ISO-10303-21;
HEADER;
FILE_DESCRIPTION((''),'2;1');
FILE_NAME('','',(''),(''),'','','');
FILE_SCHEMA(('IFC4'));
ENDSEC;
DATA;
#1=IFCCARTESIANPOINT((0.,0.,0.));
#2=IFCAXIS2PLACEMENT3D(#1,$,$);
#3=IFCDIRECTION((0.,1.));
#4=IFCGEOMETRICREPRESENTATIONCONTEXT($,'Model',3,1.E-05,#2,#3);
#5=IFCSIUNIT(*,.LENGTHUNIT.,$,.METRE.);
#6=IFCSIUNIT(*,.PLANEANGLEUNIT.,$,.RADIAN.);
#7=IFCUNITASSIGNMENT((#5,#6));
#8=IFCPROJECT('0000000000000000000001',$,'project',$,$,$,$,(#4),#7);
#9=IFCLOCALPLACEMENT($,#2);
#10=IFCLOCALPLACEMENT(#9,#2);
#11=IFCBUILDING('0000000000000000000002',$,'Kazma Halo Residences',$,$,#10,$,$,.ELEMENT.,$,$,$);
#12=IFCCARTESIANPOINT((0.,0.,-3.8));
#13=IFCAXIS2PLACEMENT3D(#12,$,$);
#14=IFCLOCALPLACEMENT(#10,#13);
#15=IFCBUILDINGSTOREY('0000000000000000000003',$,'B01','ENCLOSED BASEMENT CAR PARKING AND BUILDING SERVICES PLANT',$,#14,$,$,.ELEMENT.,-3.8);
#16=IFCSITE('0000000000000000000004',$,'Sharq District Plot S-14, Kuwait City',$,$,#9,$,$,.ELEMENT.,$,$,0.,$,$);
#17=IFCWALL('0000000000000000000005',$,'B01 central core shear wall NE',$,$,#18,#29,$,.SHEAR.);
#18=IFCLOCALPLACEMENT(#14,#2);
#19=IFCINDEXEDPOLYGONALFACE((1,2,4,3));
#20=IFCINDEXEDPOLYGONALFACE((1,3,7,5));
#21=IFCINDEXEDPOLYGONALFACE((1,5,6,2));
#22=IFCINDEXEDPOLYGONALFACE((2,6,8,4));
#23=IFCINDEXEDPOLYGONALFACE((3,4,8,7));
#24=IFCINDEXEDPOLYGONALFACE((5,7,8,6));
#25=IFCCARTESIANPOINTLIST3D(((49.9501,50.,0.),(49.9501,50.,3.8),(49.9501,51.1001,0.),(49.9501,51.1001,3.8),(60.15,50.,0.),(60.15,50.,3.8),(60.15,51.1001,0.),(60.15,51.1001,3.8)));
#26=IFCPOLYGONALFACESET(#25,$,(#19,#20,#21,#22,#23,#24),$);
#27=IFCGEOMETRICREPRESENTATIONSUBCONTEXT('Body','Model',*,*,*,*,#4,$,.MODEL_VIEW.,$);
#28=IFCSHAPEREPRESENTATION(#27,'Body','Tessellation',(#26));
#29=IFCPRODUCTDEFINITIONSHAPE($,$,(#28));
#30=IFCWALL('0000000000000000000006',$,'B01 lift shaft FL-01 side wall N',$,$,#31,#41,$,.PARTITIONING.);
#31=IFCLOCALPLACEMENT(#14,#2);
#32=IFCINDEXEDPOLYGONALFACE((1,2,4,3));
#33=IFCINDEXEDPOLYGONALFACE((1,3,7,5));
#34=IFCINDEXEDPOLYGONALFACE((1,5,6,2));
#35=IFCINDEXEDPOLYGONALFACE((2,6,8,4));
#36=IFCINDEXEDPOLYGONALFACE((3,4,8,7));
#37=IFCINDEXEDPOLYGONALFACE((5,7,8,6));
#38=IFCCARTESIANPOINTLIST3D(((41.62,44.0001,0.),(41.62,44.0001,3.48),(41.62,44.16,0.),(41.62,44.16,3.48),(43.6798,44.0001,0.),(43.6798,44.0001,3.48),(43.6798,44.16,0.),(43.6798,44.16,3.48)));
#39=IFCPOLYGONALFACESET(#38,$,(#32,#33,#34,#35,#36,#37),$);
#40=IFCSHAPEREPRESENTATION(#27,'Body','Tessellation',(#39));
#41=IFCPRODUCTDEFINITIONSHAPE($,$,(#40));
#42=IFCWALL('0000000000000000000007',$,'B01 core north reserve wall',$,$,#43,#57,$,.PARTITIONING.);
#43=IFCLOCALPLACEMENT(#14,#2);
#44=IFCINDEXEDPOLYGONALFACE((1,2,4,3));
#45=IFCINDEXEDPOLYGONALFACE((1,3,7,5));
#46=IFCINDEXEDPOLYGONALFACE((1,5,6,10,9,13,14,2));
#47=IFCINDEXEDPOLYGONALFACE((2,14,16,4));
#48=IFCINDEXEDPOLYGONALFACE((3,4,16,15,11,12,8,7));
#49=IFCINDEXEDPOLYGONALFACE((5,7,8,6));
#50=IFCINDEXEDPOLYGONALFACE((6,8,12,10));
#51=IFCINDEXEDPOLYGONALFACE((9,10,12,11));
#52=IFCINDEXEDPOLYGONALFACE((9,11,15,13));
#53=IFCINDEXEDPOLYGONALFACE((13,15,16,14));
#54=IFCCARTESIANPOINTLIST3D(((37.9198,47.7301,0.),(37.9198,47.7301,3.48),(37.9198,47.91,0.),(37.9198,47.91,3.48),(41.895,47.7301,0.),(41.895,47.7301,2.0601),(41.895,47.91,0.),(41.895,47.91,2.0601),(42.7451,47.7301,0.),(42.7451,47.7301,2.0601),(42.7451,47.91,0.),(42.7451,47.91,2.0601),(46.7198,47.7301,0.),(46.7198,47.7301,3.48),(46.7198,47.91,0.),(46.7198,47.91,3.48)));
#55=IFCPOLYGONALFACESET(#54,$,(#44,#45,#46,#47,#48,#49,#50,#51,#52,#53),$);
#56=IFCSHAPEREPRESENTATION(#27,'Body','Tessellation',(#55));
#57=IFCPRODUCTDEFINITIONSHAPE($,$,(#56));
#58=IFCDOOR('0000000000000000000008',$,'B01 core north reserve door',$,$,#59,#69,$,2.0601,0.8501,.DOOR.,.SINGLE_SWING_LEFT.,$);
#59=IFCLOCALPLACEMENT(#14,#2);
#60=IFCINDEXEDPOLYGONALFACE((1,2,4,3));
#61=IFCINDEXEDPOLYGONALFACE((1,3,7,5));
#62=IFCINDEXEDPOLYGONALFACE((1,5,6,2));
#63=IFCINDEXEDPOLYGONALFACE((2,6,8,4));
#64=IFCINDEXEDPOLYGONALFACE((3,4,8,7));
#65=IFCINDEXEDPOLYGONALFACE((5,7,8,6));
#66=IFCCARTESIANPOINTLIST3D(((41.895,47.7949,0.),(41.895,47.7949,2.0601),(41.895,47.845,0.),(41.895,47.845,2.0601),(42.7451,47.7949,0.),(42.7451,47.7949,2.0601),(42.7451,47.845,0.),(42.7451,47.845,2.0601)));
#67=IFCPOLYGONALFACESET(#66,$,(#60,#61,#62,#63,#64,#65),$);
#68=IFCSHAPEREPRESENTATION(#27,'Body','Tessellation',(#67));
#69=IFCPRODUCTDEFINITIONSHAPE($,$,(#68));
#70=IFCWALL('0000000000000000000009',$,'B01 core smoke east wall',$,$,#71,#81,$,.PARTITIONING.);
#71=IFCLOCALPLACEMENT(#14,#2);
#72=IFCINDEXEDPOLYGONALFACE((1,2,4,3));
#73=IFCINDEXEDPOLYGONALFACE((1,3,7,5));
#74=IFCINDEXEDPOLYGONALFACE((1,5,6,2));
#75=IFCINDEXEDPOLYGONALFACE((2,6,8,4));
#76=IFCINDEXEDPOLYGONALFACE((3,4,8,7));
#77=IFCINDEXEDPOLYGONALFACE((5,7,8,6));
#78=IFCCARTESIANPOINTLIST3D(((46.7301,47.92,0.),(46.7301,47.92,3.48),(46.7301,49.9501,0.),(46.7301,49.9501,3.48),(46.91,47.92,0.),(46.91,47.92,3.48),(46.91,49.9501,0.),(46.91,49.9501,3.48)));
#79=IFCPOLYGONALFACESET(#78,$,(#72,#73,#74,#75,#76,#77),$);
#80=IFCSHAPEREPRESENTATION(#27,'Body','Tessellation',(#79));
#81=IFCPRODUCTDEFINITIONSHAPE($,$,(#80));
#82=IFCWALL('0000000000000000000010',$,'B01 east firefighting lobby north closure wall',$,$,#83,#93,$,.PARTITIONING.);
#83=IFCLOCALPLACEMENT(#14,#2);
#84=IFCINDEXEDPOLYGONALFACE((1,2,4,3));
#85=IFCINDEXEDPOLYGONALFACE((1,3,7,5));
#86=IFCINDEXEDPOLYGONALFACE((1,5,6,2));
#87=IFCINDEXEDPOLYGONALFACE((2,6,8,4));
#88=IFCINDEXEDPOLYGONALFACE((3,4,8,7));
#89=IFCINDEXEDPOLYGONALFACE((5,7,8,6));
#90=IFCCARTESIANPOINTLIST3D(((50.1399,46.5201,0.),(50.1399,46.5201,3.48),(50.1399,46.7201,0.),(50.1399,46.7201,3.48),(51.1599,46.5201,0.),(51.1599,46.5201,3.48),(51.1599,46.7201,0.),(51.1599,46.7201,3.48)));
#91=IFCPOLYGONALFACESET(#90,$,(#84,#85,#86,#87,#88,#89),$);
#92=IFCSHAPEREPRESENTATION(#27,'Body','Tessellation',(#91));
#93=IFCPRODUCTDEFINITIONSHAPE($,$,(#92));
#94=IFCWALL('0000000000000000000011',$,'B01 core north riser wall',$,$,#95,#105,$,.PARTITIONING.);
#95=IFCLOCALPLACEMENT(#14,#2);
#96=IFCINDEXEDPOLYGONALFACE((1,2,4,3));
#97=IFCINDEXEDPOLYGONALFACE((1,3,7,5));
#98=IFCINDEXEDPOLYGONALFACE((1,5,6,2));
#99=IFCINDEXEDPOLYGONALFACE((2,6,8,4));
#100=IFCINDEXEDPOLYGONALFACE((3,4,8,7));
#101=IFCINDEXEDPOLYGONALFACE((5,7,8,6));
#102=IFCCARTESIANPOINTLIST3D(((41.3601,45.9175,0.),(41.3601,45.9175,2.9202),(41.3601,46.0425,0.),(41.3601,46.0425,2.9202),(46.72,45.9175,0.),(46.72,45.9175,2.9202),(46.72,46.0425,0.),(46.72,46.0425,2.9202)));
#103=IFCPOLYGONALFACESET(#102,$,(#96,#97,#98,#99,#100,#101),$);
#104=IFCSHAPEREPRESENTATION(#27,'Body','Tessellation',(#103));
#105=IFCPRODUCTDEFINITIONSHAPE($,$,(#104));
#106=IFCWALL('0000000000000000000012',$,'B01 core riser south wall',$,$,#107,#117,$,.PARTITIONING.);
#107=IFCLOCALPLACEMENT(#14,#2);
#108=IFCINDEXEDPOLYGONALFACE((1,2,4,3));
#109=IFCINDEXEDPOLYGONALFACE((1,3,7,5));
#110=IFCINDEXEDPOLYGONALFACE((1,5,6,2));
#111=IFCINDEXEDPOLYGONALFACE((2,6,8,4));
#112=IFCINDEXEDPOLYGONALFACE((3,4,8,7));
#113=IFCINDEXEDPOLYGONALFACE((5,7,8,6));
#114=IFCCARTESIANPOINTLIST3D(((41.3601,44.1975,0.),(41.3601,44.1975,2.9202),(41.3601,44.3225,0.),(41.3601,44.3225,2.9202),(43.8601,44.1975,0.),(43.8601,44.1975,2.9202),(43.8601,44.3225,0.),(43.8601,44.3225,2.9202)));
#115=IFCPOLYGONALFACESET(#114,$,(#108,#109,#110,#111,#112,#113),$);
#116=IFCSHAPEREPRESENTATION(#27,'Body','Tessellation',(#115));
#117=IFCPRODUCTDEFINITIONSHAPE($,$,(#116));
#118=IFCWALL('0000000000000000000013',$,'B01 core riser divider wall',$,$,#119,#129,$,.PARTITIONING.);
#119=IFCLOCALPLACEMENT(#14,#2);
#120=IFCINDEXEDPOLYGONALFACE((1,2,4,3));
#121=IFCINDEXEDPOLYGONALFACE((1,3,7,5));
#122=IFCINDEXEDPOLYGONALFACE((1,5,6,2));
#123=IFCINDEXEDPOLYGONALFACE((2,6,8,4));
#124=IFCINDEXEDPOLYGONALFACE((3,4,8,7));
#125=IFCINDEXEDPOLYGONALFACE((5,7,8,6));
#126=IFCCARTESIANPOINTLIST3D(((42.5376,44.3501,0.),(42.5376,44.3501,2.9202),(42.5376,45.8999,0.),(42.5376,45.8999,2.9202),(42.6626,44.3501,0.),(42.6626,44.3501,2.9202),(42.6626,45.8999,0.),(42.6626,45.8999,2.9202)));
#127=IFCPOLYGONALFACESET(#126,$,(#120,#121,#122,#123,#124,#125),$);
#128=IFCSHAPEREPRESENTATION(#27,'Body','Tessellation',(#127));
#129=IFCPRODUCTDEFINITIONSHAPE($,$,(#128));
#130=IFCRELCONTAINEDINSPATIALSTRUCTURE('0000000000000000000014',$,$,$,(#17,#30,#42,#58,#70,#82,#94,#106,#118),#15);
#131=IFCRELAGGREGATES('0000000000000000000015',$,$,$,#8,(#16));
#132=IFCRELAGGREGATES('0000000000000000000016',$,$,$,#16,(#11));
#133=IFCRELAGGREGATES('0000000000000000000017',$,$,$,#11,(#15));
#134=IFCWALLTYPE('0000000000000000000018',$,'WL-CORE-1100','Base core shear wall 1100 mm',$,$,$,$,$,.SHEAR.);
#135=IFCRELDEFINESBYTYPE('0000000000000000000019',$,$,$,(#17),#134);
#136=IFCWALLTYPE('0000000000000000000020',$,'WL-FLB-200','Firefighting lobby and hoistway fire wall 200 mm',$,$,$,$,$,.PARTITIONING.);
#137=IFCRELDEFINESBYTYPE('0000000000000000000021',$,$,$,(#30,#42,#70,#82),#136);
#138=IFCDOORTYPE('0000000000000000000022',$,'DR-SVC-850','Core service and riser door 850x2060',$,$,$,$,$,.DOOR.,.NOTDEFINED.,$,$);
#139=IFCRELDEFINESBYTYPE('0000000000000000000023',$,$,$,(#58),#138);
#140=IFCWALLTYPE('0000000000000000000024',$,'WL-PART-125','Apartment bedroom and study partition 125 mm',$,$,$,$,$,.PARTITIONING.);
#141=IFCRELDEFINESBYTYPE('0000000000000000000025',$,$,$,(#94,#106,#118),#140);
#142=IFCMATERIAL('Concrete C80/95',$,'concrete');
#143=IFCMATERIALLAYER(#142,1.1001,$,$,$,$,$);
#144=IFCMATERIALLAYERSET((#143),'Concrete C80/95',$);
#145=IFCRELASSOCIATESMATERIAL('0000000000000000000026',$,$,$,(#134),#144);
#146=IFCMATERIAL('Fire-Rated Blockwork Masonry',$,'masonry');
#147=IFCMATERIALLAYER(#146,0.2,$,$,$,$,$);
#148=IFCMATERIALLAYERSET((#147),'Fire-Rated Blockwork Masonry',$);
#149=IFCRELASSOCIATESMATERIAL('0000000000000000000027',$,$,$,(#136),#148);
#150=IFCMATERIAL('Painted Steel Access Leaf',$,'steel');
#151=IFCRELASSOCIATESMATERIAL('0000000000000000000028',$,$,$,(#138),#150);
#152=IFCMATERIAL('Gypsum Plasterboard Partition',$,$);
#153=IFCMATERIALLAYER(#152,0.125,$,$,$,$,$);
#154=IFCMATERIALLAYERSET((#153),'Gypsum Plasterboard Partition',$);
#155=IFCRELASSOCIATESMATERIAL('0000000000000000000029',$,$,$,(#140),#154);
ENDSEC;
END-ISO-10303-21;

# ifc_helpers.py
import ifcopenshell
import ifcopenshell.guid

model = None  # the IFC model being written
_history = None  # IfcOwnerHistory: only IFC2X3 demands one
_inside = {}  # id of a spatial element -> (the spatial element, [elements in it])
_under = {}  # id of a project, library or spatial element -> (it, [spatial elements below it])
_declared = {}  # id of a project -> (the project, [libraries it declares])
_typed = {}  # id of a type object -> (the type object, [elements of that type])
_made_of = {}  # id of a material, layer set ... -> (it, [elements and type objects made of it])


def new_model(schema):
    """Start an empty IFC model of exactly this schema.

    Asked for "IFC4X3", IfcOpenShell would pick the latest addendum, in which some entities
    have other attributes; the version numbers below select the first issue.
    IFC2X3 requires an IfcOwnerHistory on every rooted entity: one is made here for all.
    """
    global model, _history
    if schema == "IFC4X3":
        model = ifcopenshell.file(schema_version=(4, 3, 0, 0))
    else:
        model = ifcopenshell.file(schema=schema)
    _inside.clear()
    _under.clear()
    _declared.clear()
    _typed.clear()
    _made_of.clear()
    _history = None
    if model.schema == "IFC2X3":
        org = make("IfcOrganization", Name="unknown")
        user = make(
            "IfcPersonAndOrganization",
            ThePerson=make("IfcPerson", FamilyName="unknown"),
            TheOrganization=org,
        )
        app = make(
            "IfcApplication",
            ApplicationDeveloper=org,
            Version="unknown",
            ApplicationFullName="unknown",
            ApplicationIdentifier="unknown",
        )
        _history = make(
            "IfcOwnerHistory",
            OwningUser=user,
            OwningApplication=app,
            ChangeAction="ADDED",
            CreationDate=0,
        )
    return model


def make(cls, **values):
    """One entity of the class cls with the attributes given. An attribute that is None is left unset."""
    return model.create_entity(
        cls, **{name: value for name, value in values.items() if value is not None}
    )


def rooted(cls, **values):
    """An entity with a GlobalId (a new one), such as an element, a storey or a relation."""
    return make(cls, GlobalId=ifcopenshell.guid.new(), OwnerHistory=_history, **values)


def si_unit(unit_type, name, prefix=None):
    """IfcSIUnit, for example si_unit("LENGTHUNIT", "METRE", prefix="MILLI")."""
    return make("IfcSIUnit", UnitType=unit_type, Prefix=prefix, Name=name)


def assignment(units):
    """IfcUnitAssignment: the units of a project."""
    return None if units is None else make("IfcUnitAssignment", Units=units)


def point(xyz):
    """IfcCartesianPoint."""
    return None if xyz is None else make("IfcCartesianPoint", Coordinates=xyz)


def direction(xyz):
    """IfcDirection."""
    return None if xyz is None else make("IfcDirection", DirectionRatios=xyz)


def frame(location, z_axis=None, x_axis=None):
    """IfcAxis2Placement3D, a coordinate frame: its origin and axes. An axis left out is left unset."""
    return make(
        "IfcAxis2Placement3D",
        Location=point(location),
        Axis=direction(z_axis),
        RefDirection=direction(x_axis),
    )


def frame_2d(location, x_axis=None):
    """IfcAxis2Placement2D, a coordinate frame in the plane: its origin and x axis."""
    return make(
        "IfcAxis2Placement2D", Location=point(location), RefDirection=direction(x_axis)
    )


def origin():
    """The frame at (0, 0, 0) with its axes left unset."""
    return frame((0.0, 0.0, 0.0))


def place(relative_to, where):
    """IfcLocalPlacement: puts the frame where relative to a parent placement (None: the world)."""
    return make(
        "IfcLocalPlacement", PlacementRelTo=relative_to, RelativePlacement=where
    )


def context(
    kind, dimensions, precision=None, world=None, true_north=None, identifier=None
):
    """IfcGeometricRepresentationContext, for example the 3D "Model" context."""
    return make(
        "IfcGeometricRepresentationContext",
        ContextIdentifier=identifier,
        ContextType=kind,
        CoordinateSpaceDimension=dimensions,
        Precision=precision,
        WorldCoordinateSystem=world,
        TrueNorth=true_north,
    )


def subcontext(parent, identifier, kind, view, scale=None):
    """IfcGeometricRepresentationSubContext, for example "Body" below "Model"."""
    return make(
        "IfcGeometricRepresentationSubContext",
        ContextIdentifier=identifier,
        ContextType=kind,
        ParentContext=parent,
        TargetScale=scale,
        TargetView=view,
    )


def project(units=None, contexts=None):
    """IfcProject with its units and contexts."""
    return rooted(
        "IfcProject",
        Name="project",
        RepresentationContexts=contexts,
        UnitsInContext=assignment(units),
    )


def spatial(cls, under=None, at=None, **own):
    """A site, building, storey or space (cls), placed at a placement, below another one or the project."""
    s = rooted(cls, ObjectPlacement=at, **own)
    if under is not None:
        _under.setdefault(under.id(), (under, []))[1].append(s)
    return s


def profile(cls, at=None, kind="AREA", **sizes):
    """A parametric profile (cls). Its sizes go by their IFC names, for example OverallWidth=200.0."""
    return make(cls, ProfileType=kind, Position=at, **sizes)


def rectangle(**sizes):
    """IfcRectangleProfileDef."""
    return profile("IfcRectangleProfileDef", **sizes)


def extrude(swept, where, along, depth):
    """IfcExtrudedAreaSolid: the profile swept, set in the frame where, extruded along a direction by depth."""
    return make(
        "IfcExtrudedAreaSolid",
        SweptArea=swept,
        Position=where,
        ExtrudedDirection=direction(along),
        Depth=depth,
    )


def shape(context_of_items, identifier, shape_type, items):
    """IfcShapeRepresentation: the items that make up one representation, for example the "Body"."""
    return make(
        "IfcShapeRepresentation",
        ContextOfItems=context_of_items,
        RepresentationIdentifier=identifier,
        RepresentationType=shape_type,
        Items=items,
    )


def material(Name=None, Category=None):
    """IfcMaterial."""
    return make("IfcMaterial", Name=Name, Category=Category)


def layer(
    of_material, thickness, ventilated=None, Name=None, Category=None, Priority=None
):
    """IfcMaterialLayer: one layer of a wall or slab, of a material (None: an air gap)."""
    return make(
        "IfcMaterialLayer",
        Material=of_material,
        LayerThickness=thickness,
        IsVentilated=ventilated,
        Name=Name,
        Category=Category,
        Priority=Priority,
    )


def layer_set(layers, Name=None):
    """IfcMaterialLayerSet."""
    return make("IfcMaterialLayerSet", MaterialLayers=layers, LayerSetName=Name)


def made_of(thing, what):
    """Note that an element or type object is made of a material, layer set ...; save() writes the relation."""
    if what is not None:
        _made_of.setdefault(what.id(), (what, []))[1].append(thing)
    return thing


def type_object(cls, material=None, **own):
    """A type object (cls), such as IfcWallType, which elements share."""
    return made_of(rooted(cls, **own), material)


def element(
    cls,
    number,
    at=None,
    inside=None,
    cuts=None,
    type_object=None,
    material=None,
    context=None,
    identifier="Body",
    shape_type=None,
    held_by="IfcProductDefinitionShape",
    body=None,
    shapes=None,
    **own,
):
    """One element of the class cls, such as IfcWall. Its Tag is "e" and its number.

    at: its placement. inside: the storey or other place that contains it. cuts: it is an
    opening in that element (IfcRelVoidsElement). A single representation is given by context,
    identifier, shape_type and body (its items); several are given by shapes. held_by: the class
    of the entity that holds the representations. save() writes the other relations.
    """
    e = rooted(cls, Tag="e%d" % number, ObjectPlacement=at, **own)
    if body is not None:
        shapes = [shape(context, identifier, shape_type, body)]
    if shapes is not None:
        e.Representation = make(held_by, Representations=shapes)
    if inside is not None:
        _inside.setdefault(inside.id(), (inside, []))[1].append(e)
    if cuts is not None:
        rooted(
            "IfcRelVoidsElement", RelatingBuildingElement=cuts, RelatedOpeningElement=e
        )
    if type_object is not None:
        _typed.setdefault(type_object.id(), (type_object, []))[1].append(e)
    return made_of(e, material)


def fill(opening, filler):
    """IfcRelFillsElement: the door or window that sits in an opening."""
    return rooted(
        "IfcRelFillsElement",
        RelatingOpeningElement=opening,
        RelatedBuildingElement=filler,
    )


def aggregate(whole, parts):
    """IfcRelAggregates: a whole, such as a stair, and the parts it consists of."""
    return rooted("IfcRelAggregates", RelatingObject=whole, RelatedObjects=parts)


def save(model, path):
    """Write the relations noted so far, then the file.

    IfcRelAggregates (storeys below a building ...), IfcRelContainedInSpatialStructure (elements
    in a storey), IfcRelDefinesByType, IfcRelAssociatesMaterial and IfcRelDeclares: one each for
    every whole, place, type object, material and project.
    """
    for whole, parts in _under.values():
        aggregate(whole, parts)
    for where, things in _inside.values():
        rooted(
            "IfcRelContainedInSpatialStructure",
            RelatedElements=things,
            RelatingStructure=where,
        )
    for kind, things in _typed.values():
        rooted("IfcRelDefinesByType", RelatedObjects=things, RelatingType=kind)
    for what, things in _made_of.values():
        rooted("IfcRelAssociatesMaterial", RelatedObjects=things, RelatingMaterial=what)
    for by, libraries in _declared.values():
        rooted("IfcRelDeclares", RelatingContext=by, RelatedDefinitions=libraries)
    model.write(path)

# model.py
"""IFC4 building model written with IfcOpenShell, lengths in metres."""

from ifc_helpers import new_model, si_unit, direction, frame, frame_2d, origin, place, context, subcontext, project, spatial, rectangle, extrude, material, layer, layer_set, type_object, element, fill, save


model = new_model("IFC4")

# Units and contexts
model_context = context("Model", 3, precision=1e-05, world=origin(), true_north=direction((0.0, 1.0)))
body_context = subcontext(model_context, "Body", "Model", "MODEL_VIEW")
ifc_project = project(units=[si_unit("LENGTHUNIT", "METRE"), si_unit("PLANEANGLEUNIT", "RADIAN")], contexts=[model_context])

# Site, building, storey
site_placement = place(None, origin())
site = spatial("IfcSite", under=ifc_project, at=site_placement, Name="Sharq District Plot S-14, Kuwait City", CompositionType="ELEMENT", RefElevation=0.0)
building_placement = place(site_placement, origin())
building = spatial("IfcBuilding", under=site, at=building_placement, Name="Kazma Halo Residences", CompositionType="ELEMENT")
storey_placement = place(building_placement, frame((0.0, 0.0, -3.8)))
storey = spatial("IfcBuildingStorey", under=building, at=storey_placement, Name="B01", Description="ENCLOSED BASEMENT CAR PARKING AND BUILDING SERVICES PLANT", CompositionType="ELEMENT", Elevation=-3.8)

# Shared definitions
ifc_material_1 = material(Name="Concrete C80/95", Category="concrete")

# Walls
ifc_layer_1 = layer(ifc_material_1, 1.1001)
ifc_layer_set_1 = layer_set([ifc_layer_1], Name="Concrete C80/95")
wall_type_1 = type_object("IfcWallType", Name="WL-CORE-1100", Description="Base core shear wall 1100 mm", PredefinedType="SHEAR", material=ifc_layer_set_1)
wall_1_placement = place(storey_placement, frame((49.95, 50.55, 0.0), z_axis=(0.0, 0.0, 1.0), x_axis=(1.0, 0.0, 0.0)))
element("IfcWall", 1, at=wall_1_placement, inside=storey, type_object=wall_type_1, Name="B01 central core shear wall NE", PredefinedType="SHEAR", context=body_context, shape_type="SweptSolid", body=[
    extrude(rectangle(XDim=10.2, YDim=1.1001, at=frame_2d((5.1001, 0.0))), origin(), (0.0, 0.0, 1.0), 3.8),
])
ifc_material_2 = material(Name="Fire-Rated Blockwork Masonry", Category="masonry")
ifc_layer_2 = layer(ifc_material_2, 0.2)
ifc_layer_set_2 = layer_set([ifc_layer_2], Name="Fire-Rated Blockwork Masonry")
wall_type_2 = type_object("IfcWallType", Name="WL-FLB-200", Description="Firefighting lobby and hoistway fire wall 200 mm", PredefinedType="PARTITIONING", material=ifc_layer_set_2)
wall_2_placement = place(storey_placement, frame((41.6201, 44.0801, 0.0), z_axis=(0.0, 0.0, 1.0), x_axis=(1.0, 0.0, 0.0)))
element("IfcWall", 2, at=wall_2_placement, inside=storey, type_object=wall_type_2, Name="B01 lift shaft FL-01 side wall N", PredefinedType="PARTITIONING", context=body_context, shape_type="SweptSolid", body=[
    extrude(rectangle(XDim=2.0598, YDim=0.1599, at=frame_2d((1.0298, 0.0))), origin(), (0.0, 0.0, 1.0), 3.48),
])

# Wall, opening, door
wall_3_placement = place(storey_placement, frame((37.9199, 47.8201, 0.0), z_axis=(0.0, 0.0, 1.0), x_axis=(1.0, 0.0, 0.0)))
wall_3 = element("IfcWall", 3, at=wall_3_placement, inside=storey, type_object=wall_type_2, Name="B01 core north reserve wall", PredefinedType="PARTITIONING", context=body_context, shape_type="SweptSolid", body=[
    extrude(rectangle(XDim=8.8, YDim=0.1799, at=frame_2d((4.3999, 0.0))), origin(), (0.0, 0.0, 1.0), 3.48),
])
opening_placement = place(wall_3_placement, frame((3.9751, 0.0, 0.0)))
opening = element("IfcOpeningElement", 4, at=opening_placement, cuts=wall_3, PredefinedType="OPENING", context=body_context, shape_type="SweptSolid", body=[
    extrude(rectangle(XDim=0.8501, YDim=2.0601, at=frame_2d((0.425, 1.03))), frame((0.0, 0.0999, 0.0), z_axis=(0.0, -1.0, 0.0), x_axis=(1.0, 0.0, 0.0)), (0.0, 0.0, 1.0), 0.2),
])
ifc_material_3 = material(Name="Painted Steel Access Leaf", Category="steel")
door_type = type_object("IfcDoorType", Name="DR-SVC-850", Description="Core service and riser door 850x2060", OperationType="NOTDEFINED", PredefinedType="DOOR", material=ifc_material_3)
door_placement = place(opening_placement, origin())
door = element("IfcDoor", 5, at=door_placement, inside=storey, type_object=door_type, Name="B01 core north reserve door", OperationType="SINGLE_SWING_LEFT", OverallHeight=2.0601, OverallWidth=0.8501, PredefinedType="DOOR", context=body_context, shape_type="SweptSolid", body=[
    extrude(rectangle(XDim=0.8501, YDim=2.0601, at=frame_2d((0.425, 1.03))), frame((0.0, 0.0249, 0.0), z_axis=(0.0, -1.0, 0.0), x_axis=(1.0, 0.0, 0.0)), (0.0, 0.0, 1.0), 0.05),
])
fill(opening, door)

# Walls
wall_4_placement = place(storey_placement, frame((46.8201, 47.9199, 0.0), z_axis=(0.0, 0.0, 1.0), x_axis=(0.0, 1.0, 0.0)))
element("IfcWall", 6, at=wall_4_placement, inside=storey, type_object=wall_type_2, Name="B01 core smoke east wall", PredefinedType="PARTITIONING", context=body_context, shape_type="SweptSolid", body=[
    extrude(rectangle(XDim=2.03, YDim=0.1799, at=frame_2d((1.0151, 0.0))), origin(), (0.0, 0.0, 1.0), 3.48),
])
wall_5_placement = place(storey_placement, frame((50.1399, 46.6201, 0.0), z_axis=(0.0, 0.0, 1.0), x_axis=(1.0, 0.0, 0.0)))
element("IfcWall", 7, at=wall_5_placement, inside=storey, type_object=wall_type_2, Name="B01 east firefighting lobby north closure wall", PredefinedType="PARTITIONING", context=body_context, shape_type="SweptSolid", body=[
    extrude(rectangle(XDim=1.02, YDim=0.2, at=frame_2d((0.51, 0.0))), origin(), (0.0, 0.0, 1.0), 3.48),
])
ifc_material_4 = material(Name="Gypsum Plasterboard Partition")
ifc_layer_3 = layer(ifc_material_4, 0.125)
ifc_layer_set_3 = layer_set([ifc_layer_3], Name="Gypsum Plasterboard Partition")
wall_type_3 = type_object("IfcWallType", Name="WL-PART-125", Description="Apartment bedroom and study partition 125 mm", PredefinedType="PARTITIONING", material=ifc_layer_set_3)
wall_6_placement = place(storey_placement, frame((41.3601, 45.98, 0.0), z_axis=(0.0, 0.0, 1.0), x_axis=(1.0, 0.0, 0.0)))
element("IfcWall", 8, at=wall_6_placement, inside=storey, type_object=wall_type_3, Name="B01 core north riser wall", PredefinedType="PARTITIONING", context=body_context, shape_type="SweptSolid", body=[
    extrude(rectangle(XDim=5.3599, YDim=0.125, at=frame_2d((2.6799, 0.0))), origin(), (0.0, 0.0, 1.0), 2.9202),
])
wall_7_placement = place(storey_placement, frame((41.3601, 44.26, 0.0), z_axis=(0.0, 0.0, 1.0), x_axis=(1.0, 0.0, 0.0)))
element("IfcWall", 9, at=wall_7_placement, inside=storey, type_object=wall_type_3, Name="B01 core riser south wall", PredefinedType="PARTITIONING", context=body_context, shape_type="SweptSolid", body=[
    extrude(rectangle(XDim=2.5, YDim=0.125, at=frame_2d((1.25, 0.0))), origin(), (0.0, 0.0, 1.0), 2.9202),
])
wall_8_placement = place(storey_placement, frame((42.6001, 44.3501, 0.0), z_axis=(0.0, 0.0, 1.0), x_axis=(0.0, 1.0, 0.0)))
element("IfcWall", 10, at=wall_8_placement, inside=storey, type_object=wall_type_3, Name="B01 core riser divider wall", PredefinedType="PARTITIONING", context=body_context, shape_type="SweptSolid", body=[
    extrude(rectangle(XDim=1.5498, YDim=0.125, at=frame_2d((0.7749, 0.0))), origin(), (0.0, 0.0, 1.0), 2.9202),
])

save(model, "model.ifc")
